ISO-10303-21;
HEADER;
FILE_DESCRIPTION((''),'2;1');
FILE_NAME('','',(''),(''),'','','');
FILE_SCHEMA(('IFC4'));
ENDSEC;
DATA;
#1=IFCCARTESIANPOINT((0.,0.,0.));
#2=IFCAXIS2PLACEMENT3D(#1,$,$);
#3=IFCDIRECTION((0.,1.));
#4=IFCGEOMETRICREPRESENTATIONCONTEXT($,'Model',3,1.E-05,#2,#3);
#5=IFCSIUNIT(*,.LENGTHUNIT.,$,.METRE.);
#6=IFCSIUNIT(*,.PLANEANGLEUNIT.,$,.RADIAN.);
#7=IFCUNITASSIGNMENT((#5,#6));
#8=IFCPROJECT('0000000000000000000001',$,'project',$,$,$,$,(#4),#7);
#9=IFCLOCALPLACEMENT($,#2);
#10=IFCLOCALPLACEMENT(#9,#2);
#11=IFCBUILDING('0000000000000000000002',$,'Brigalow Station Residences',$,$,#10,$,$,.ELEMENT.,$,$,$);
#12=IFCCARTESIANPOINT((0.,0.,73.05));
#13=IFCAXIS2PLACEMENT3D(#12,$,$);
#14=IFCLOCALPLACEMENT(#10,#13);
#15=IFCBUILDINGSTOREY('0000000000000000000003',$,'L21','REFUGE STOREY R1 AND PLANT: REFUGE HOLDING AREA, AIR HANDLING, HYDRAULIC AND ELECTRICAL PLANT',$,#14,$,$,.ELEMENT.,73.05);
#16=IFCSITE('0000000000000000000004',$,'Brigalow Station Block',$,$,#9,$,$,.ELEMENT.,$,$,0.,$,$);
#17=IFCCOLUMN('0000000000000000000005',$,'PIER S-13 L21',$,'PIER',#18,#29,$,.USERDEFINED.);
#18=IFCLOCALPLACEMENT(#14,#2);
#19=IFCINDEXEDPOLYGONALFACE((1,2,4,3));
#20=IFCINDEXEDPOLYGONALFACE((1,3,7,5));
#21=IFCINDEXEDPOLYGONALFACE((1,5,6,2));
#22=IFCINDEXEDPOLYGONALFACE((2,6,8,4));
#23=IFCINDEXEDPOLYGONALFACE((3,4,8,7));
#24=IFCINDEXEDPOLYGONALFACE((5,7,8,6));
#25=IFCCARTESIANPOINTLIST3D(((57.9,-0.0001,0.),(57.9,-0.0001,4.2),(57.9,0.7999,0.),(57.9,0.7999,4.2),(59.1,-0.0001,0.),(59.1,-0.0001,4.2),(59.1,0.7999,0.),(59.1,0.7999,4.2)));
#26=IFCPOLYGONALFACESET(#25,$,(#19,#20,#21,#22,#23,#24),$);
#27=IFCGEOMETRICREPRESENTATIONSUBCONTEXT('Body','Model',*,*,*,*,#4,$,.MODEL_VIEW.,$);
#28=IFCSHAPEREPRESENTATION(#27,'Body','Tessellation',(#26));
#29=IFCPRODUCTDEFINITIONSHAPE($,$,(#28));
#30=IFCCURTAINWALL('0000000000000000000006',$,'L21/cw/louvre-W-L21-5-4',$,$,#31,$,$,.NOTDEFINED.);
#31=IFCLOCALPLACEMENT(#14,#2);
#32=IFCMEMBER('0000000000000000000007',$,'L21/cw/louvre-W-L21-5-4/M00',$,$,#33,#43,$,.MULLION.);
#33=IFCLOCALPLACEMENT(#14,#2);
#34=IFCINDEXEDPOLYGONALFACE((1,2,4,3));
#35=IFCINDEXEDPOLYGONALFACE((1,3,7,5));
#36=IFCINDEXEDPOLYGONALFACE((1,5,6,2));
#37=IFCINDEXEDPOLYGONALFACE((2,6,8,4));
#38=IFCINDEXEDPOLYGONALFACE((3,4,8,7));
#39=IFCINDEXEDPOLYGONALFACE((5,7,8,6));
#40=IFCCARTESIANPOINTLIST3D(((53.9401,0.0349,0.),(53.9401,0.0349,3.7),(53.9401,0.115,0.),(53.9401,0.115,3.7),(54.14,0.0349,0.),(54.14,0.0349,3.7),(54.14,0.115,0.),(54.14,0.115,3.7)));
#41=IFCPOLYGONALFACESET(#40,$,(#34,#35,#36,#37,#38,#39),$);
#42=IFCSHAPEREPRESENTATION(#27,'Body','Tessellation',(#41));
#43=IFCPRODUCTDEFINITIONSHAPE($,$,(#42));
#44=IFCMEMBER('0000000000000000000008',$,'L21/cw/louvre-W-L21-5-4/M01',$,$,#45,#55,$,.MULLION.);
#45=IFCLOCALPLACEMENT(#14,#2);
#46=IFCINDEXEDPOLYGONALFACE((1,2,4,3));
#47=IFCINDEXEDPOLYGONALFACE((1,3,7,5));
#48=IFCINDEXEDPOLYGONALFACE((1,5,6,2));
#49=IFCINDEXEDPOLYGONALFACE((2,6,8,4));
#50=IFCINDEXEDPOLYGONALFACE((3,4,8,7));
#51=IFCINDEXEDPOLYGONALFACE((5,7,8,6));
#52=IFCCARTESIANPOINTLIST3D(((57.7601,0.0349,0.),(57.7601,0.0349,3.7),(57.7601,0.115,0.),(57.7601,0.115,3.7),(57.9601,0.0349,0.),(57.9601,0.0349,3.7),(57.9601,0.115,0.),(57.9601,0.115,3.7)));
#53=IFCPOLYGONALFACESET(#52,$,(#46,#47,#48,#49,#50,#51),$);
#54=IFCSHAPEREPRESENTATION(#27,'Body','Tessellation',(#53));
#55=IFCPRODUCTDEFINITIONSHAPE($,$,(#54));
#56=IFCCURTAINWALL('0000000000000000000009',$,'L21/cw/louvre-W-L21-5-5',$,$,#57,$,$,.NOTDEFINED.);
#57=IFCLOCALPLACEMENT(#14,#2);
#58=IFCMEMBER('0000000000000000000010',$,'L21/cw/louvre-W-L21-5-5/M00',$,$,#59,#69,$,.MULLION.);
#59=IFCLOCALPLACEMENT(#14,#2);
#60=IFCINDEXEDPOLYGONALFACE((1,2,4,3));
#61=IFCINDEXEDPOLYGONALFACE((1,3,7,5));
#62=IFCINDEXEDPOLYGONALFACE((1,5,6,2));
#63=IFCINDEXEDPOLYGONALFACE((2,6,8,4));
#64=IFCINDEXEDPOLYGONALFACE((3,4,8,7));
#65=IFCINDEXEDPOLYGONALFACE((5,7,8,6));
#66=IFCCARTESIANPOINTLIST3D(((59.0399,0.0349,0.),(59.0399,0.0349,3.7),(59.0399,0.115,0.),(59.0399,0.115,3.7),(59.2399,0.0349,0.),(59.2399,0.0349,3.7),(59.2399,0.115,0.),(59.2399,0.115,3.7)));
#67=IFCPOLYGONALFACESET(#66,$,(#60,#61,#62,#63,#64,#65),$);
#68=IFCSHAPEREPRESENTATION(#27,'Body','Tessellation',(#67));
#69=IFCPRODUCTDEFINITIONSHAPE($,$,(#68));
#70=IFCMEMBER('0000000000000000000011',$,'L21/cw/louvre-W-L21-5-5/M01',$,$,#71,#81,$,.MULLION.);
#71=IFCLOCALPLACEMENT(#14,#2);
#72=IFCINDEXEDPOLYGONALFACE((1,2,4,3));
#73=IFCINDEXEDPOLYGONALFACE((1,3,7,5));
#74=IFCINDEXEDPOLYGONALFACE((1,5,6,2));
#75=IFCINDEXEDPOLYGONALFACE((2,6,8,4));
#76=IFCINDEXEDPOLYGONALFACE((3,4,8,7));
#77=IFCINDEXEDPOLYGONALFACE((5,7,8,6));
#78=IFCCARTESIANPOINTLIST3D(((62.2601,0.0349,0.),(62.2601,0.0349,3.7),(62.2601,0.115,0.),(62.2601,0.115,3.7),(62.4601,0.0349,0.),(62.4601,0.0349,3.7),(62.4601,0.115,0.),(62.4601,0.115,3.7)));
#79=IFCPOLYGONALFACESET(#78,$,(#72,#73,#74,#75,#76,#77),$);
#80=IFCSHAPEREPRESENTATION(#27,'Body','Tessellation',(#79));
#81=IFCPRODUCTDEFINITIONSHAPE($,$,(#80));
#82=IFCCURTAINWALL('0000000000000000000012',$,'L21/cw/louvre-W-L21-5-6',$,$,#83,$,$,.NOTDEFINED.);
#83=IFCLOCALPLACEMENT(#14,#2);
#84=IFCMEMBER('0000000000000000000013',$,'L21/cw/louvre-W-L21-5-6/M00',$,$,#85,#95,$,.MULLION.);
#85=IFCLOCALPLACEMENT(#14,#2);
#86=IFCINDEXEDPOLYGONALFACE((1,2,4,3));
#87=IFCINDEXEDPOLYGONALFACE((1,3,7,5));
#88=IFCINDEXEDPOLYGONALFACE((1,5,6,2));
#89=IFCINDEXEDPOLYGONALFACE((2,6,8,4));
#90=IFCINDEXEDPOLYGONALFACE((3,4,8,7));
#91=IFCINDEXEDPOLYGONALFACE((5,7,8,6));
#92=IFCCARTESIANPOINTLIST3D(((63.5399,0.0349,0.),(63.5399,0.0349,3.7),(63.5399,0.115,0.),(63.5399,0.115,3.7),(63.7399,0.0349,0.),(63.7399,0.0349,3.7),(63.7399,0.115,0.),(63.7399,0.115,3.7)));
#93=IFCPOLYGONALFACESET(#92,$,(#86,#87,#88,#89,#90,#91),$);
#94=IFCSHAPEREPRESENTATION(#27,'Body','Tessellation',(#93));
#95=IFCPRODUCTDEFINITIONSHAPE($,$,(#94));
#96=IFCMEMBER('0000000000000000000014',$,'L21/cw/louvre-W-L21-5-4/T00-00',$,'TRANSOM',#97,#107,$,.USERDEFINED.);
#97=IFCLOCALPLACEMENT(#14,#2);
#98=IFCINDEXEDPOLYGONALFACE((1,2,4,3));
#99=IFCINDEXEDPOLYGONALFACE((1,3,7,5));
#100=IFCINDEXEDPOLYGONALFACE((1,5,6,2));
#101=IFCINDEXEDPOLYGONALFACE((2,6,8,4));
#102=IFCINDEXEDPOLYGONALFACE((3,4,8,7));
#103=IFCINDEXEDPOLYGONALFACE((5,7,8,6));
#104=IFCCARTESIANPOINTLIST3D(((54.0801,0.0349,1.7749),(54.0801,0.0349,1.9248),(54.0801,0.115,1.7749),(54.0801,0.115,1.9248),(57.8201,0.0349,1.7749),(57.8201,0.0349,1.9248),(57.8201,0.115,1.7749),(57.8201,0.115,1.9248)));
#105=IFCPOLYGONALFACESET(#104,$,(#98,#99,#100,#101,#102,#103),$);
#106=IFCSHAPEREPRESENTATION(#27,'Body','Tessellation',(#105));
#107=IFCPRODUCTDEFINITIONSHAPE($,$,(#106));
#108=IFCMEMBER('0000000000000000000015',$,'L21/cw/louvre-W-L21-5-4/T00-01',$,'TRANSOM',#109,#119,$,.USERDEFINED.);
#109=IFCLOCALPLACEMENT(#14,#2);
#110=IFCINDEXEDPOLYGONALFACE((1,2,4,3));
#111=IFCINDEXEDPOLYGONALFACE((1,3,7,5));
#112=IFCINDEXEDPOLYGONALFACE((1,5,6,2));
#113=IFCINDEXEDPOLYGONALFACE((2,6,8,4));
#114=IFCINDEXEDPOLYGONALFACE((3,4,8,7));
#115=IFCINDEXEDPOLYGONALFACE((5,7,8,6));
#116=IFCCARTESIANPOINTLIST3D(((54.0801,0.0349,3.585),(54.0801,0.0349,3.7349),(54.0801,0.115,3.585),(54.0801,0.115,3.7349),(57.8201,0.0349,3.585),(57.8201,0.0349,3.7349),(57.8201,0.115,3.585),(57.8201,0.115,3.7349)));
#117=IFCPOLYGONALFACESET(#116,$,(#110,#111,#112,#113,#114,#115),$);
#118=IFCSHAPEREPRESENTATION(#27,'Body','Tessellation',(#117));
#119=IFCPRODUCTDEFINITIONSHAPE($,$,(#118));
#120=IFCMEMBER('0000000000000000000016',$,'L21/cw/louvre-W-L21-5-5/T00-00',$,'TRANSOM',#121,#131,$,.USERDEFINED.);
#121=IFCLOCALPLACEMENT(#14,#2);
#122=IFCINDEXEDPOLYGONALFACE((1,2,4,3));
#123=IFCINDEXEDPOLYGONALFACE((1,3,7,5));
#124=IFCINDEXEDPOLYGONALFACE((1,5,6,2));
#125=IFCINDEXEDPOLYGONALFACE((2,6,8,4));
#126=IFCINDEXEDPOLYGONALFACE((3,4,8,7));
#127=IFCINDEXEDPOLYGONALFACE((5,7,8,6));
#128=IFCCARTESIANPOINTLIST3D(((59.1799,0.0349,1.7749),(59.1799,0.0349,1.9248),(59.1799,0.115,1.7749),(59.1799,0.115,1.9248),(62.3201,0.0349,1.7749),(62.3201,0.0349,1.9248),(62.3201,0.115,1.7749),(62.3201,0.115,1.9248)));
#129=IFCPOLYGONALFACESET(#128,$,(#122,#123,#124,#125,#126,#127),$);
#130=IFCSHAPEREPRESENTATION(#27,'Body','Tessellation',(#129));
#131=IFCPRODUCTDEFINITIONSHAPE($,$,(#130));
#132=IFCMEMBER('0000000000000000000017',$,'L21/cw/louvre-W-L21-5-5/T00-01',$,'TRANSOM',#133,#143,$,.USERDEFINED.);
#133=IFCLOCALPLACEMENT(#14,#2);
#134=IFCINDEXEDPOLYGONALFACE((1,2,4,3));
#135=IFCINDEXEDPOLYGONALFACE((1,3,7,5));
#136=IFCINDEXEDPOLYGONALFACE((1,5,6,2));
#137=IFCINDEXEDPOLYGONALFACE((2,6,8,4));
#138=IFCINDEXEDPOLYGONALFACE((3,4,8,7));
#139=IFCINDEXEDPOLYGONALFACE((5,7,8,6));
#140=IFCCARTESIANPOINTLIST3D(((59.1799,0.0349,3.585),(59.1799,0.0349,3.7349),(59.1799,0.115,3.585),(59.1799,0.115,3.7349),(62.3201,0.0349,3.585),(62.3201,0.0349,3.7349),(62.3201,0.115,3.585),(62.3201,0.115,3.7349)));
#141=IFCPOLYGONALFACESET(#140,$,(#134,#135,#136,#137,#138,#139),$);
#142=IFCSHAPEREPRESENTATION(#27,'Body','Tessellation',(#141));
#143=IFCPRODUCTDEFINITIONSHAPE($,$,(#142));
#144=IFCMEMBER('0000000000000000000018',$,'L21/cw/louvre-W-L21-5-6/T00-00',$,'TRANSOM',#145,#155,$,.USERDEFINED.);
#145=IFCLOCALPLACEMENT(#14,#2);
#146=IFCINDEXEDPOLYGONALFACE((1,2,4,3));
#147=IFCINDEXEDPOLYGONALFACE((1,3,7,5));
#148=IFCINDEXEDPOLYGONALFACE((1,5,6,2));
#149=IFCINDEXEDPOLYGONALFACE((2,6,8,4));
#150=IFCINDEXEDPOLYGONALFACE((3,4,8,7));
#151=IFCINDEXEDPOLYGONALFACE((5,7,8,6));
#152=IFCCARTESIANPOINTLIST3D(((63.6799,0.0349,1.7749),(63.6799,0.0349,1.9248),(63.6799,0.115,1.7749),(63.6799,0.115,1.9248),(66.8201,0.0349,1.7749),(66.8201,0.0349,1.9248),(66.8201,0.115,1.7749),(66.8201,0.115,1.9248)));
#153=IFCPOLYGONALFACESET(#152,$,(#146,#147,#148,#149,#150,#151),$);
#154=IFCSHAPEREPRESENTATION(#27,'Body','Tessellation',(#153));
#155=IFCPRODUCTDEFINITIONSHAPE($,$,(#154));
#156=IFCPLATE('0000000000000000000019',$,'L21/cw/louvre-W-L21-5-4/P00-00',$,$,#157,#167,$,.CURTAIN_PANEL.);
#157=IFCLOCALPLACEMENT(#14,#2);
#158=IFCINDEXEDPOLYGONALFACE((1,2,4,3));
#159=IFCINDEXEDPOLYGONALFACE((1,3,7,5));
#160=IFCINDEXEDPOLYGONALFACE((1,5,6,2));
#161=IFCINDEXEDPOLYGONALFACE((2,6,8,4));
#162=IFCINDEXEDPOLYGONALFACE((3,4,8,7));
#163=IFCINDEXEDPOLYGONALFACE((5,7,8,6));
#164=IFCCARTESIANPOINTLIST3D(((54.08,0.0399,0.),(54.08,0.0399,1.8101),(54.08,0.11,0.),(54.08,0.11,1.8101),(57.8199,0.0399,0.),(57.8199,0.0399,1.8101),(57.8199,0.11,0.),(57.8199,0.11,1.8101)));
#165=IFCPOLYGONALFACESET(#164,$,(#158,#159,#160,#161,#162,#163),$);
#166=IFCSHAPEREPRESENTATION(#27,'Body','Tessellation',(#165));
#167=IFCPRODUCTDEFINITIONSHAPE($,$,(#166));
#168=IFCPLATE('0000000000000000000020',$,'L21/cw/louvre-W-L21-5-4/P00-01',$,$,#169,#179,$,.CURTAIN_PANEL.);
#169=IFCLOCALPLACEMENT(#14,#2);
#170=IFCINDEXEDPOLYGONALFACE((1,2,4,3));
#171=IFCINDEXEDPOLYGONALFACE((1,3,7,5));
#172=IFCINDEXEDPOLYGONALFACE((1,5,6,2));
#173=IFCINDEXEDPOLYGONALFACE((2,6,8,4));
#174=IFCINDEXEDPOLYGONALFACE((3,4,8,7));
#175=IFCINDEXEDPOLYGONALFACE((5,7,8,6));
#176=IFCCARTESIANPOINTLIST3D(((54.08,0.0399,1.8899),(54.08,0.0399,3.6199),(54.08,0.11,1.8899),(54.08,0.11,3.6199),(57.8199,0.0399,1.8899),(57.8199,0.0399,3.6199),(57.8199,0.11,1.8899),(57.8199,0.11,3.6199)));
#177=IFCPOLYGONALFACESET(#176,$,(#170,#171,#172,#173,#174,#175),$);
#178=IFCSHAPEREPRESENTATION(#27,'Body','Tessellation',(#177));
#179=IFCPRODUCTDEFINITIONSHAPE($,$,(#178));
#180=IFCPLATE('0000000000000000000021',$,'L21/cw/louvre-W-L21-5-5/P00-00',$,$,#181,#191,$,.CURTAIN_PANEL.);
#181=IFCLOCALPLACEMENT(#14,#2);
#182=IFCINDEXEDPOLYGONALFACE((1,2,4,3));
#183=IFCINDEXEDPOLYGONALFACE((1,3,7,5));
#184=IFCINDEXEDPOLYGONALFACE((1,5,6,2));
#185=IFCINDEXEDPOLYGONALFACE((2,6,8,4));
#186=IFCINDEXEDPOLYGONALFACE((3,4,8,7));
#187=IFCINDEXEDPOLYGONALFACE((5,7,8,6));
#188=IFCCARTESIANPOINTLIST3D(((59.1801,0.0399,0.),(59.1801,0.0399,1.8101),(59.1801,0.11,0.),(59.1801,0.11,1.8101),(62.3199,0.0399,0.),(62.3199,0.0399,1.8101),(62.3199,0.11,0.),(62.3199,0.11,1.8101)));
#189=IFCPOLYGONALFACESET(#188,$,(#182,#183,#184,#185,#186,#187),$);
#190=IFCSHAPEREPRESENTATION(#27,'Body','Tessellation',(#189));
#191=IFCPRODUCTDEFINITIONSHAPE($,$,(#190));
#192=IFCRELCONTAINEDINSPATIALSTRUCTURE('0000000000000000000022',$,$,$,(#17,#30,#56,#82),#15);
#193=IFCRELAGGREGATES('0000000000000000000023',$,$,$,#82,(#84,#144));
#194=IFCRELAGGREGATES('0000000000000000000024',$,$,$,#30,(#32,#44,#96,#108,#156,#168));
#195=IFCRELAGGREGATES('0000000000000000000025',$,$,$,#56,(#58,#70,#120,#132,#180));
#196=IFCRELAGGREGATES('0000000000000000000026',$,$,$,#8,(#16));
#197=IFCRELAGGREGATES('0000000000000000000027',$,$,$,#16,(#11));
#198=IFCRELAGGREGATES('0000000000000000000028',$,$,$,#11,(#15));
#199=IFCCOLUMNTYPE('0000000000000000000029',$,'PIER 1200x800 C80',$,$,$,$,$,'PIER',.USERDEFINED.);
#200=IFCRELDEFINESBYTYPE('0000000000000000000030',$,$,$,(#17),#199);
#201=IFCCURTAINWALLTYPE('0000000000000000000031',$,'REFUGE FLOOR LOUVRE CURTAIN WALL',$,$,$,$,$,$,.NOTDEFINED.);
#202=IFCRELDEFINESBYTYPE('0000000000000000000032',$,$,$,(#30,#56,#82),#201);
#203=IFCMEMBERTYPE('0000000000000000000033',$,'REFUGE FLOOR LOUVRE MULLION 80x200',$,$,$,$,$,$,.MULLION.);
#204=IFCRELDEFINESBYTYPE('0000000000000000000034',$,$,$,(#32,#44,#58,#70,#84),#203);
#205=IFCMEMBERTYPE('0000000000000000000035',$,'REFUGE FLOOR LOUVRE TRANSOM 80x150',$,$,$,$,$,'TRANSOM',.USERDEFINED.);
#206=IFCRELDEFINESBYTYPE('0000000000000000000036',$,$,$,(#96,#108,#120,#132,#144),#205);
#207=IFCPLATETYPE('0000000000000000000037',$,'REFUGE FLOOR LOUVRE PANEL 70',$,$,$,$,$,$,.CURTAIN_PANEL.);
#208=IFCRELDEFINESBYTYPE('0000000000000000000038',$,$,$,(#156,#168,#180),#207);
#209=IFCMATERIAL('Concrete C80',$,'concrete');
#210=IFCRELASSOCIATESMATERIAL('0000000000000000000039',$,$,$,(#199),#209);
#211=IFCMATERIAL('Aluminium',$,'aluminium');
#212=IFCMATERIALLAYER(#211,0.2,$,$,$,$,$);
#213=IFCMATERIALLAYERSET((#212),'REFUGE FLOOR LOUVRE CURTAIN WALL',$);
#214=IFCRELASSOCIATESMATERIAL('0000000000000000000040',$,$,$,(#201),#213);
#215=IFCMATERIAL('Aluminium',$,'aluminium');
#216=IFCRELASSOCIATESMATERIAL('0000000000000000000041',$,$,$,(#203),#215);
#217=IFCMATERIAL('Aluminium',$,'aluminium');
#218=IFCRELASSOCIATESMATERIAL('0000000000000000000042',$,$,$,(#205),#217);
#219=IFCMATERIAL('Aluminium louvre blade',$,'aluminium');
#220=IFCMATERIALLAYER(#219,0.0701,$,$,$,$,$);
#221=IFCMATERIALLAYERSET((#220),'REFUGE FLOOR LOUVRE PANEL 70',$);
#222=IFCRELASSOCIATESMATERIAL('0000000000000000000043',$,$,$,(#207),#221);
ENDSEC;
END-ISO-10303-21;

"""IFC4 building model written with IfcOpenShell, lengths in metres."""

from ifc_helpers import new_model, si_unit, direction, frame, origin, origin_2d, place, context, subcontext, project, spatial, rectangle, extrude, material, layer, layer_set, material_profile, profile_set, type_object, element, aggregate, save


model = new_model("IFC4")

# Units and contexts
model_context = context("Model", 3, precision=1e-05, world=origin(), true_north=direction((0.0, 1.0)))
body_context = subcontext(model_context, "Body", "Model", "MODEL_VIEW")
ifc_project = project(units=[si_unit("LENGTHUNIT", "METRE"), si_unit("PLANEANGLEUNIT", "RADIAN")], contexts=[model_context])

# Site, building, storey
site_placement = place(None, origin())
site = spatial("IfcSite", under=ifc_project, at=site_placement, Name="Brigalow Station Block", CompositionType="ELEMENT", RefElevation=0.0)
building_placement = place(site_placement, origin())
building = spatial("IfcBuilding", under=site, at=building_placement, Name="Brigalow Station Residences", CompositionType="ELEMENT")
storey_placement = place(building_placement, frame((0.0, 0.0, 73.05)))
storey = spatial("IfcBuildingStorey", under=building, at=storey_placement, Name="L21", Description="REFUGE STOREY R1 AND PLANT: REFUGE HOLDING AREA, AIR HANDLING, HYDRAULIC AND ELECTRICAL PLANT", CompositionType="ELEMENT", Elevation=73.05)

# Column
ifc_material_1 = material(Name="Concrete C80", Category="concrete")
ifc_material_profile_1 = material_profile(ifc_material_1, rectangle(XDim=1.2, YDim=0.8, at=origin_2d()), Name="RC1200x800")
ifc_profile_set_1 = profile_set([ifc_material_profile_1], Name="Concrete C80")
column_type = type_object("IfcColumnType", Name="PIER 1200x800 C80", ElementType="PIER", PredefinedType="USERDEFINED", material=ifc_profile_set_1)
column_placement = place(storey_placement, frame((58.5, 0.3999, 0.0), z_axis=(0.0, 0.0, 1.0), x_axis=(1.0, 0.0, 0.0)))
element("IfcColumn", 1, at=column_placement, inside=storey, type_object=column_type, Name="PIER S-13 L21", ObjectType="PIER", PredefinedType="USERDEFINED", context=body_context, shape_type="SweptSolid", body=[
    extrude(rectangle(XDim=1.2, YDim=0.8, at=origin_2d()), origin(), (0.0, 0.0, 1.0), 4.2),
])

# Curtain walls, members
ifc_material_2 = material(Name="Aluminium", Category="aluminium")
ifc_layer_1 = layer(ifc_material_2, 0.2)
ifc_layer_set_1 = layer_set([ifc_layer_1], Name="REFUGE FLOOR LOUVRE CURTAIN WALL")
curtain_wall_type = type_object("IfcCurtainWallType", Name="REFUGE FLOOR LOUVRE CURTAIN WALL", PredefinedType="NOTDEFINED", material=ifc_layer_set_1)
curtain_wall_1_placement = place(storey_placement, origin())
curtain_wall_1 = element("IfcCurtainWall", 2, at=curtain_wall_1_placement, inside=storey, type_object=curtain_wall_type, Name="L21/cw/louvre-W-L21-5-4", PredefinedType="NOTDEFINED")
ifc_material_3 = material(Name="Aluminium", Category="aluminium")
ifc_material_profile_2 = material_profile(ifc_material_3, rectangle(XDim=0.0801, YDim=0.2, at=origin_2d()), Name="REFUGE FLOOR LOUVRE MULLION 80x200")
ifc_profile_set_2 = profile_set([ifc_material_profile_2], Name="Aluminium")
member_type_1 = type_object("IfcMemberType", Name="REFUGE FLOOR LOUVRE MULLION 80x200", PredefinedType="MULLION", material=ifc_profile_set_2)
member_1_placement = place(storey_placement, frame((54.04, 0.075, 0.0), z_axis=(0.0, 0.0, 1.0), x_axis=(0.0, 1.0, 0.0)))
member_1 = element("IfcMember", 3, at=member_1_placement, type_object=member_type_1, Name="L21/cw/louvre-W-L21-5-4/M00", PredefinedType="MULLION", context=body_context, shape_type="SweptSolid", body=[
    extrude(rectangle(XDim=0.0801, YDim=0.2, at=origin_2d()), origin(), (0.0, 0.0, 1.0), 3.7),
])
member_2_placement = place(storey_placement, frame((57.8601, 0.075, 0.0), z_axis=(0.0, 0.0, 1.0), x_axis=(0.0, 1.0, 0.0)))
member_2 = element("IfcMember", 4, at=member_2_placement, type_object=member_type_1, Name="L21/cw/louvre-W-L21-5-4/M01", PredefinedType="MULLION", context=body_context, shape_type="SweptSolid", body=[
    extrude(rectangle(XDim=0.0801, YDim=0.2, at=origin_2d()), origin(), (0.0, 0.0, 1.0), 3.7),
])
curtain_wall_2_placement = place(storey_placement, origin())
curtain_wall_2 = element("IfcCurtainWall", 5, at=curtain_wall_2_placement, inside=storey, type_object=curtain_wall_type, Name="L21/cw/louvre-W-L21-5-5", PredefinedType="NOTDEFINED")
member_3_placement = place(storey_placement, frame((59.1399, 0.075, 0.0), z_axis=(0.0, 0.0, 1.0), x_axis=(0.0, 1.0, 0.0)))
member_3 = element("IfcMember", 6, at=member_3_placement, type_object=member_type_1, Name="L21/cw/louvre-W-L21-5-5/M00", PredefinedType="MULLION", context=body_context, shape_type="SweptSolid", body=[
    extrude(rectangle(XDim=0.0801, YDim=0.2, at=origin_2d()), origin(), (0.0, 0.0, 1.0), 3.7),
])
member_4_placement = place(storey_placement, frame((62.3601, 0.075, 0.0), z_axis=(0.0, 0.0, 1.0), x_axis=(0.0, 1.0, 0.0)))
member_4 = element("IfcMember", 7, at=member_4_placement, type_object=member_type_1, Name="L21/cw/louvre-W-L21-5-5/M01", PredefinedType="MULLION", context=body_context, shape_type="SweptSolid", body=[
    extrude(rectangle(XDim=0.0801, YDim=0.2, at=origin_2d()), origin(), (0.0, 0.0, 1.0), 3.7),
])

# Curtain wall, member
curtain_wall_3_placement = place(storey_placement, origin())
curtain_wall_3 = element("IfcCurtainWall", 8, at=curtain_wall_3_placement, inside=storey, type_object=curtain_wall_type, Name="L21/cw/louvre-W-L21-5-6", PredefinedType="NOTDEFINED")
member_5_placement = place(storey_placement, frame((63.6399, 0.075, 0.0), z_axis=(0.0, 0.0, 1.0), x_axis=(0.0, 1.0, 0.0)))
member_5 = element("IfcMember", 9, at=member_5_placement, type_object=member_type_1, Name="L21/cw/louvre-W-L21-5-6/M00", PredefinedType="MULLION", context=body_context, shape_type="SweptSolid", body=[
    extrude(rectangle(XDim=0.0801, YDim=0.2, at=origin_2d()), origin(), (0.0, 0.0, 1.0), 3.7),
])

# Members
ifc_material_4 = material(Name="Aluminium", Category="aluminium")
ifc_material_profile_3 = material_profile(ifc_material_4, rectangle(XDim=0.0801, YDim=0.1499, at=origin_2d()), Name="REFUGE FLOOR LOUVRE TRANSOM 80x150")
ifc_profile_set_3 = profile_set([ifc_material_profile_3], Name="Aluminium")
member_type_2 = type_object("IfcMemberType", Name="REFUGE FLOOR LOUVRE TRANSOM 80x150", ElementType="TRANSOM", PredefinedType="USERDEFINED", material=ifc_profile_set_3)
member_6_placement = place(storey_placement, frame((54.0801, 0.075, 1.8499), z_axis=(1.0, 0.0, 0.0), x_axis=(0.0, 1.0, 0.0)))
member_6 = element("IfcMember", 10, at=member_6_placement, type_object=member_type_2, Name="L21/cw/louvre-W-L21-5-4/T00-00", ObjectType="TRANSOM", PredefinedType="USERDEFINED", context=body_context, shape_type="SweptSolid", body=[
    extrude(rectangle(XDim=0.0801, YDim=0.1499, at=origin_2d()), origin(), (0.0, 0.0, 1.0), 3.74),
])
member_7_placement = place(storey_placement, frame((54.0801, 0.075, 3.6599), z_axis=(1.0, 0.0, 0.0), x_axis=(0.0, 1.0, 0.0)))
member_7 = element("IfcMember", 11, at=member_7_placement, type_object=member_type_2, Name="L21/cw/louvre-W-L21-5-4/T00-01", ObjectType="TRANSOM", PredefinedType="USERDEFINED", context=body_context, shape_type="SweptSolid", body=[
    extrude(rectangle(XDim=0.0801, YDim=0.1499, at=origin_2d()), origin(), (0.0, 0.0, 1.0), 3.74),
])
member_8_placement = place(storey_placement, frame((59.1799, 0.075, 1.8499), z_axis=(1.0, 0.0, 0.0), x_axis=(0.0, 1.0, 0.0)))
member_8 = element("IfcMember", 12, at=member_8_placement, type_object=member_type_2, Name="L21/cw/louvre-W-L21-5-5/T00-00", ObjectType="TRANSOM", PredefinedType="USERDEFINED", context=body_context, shape_type="SweptSolid", body=[
    extrude(rectangle(XDim=0.0801, YDim=0.1499, at=origin_2d()), origin(), (0.0, 0.0, 1.0), 3.1401),
])
member_9_placement = place(storey_placement, frame((59.1799, 0.075, 3.6599), z_axis=(1.0, 0.0, 0.0), x_axis=(0.0, 1.0, 0.0)))
member_9 = element("IfcMember", 13, at=member_9_placement, type_object=member_type_2, Name="L21/cw/louvre-W-L21-5-5/T00-01", ObjectType="TRANSOM", PredefinedType="USERDEFINED", context=body_context, shape_type="SweptSolid", body=[
    extrude(rectangle(XDim=0.0801, YDim=0.1499, at=origin_2d()), origin(), (0.0, 0.0, 1.0), 3.1401),
])
member_10_placement = place(storey_placement, frame((63.6799, 0.075, 1.8499), z_axis=(1.0, 0.0, 0.0), x_axis=(0.0, 1.0, 0.0)))
member_10 = element("IfcMember", 14, at=member_10_placement, type_object=member_type_2, Name="L21/cw/louvre-W-L21-5-6/T00-00", ObjectType="TRANSOM", PredefinedType="USERDEFINED", context=body_context, shape_type="SweptSolid", body=[
    extrude(rectangle(XDim=0.0801, YDim=0.1499, at=origin_2d()), origin(), (0.0, 0.0, 1.0), 3.1401),
])
aggregate(curtain_wall_3, [member_5, member_10])

# Plates
ifc_material_5 = material(Name="Aluminium louvre blade", Category="aluminium")
ifc_layer_2 = layer(ifc_material_5, 0.0701)
ifc_layer_set_2 = layer_set([ifc_layer_2], Name="REFUGE FLOOR LOUVRE PANEL 70")
plate_type = type_object("IfcPlateType", Name="REFUGE FLOOR LOUVRE PANEL 70", PredefinedType="CURTAIN_PANEL", material=ifc_layer_set_2)
plate_1_placement = place(storey_placement, frame((55.95, 0.075, 0.0), z_axis=(0.0, 0.0, 1.0), x_axis=(1.0, 0.0, 0.0)))
plate_1 = element("IfcPlate", 15, at=plate_1_placement, type_object=plate_type, Name="L21/cw/louvre-W-L21-5-4/P00-00", PredefinedType="CURTAIN_PANEL", context=body_context, shape_type="SweptSolid", body=[
    extrude(rectangle(XDim=3.74, YDim=0.0701, at=origin_2d()), origin(), (0.0, 0.0, 1.0), 1.8101),
])
plate_2_placement = place(storey_placement, frame((55.95, 0.075, 1.8899), z_axis=(0.0, 0.0, 1.0), x_axis=(1.0, 0.0, 0.0)))
plate_2 = element("IfcPlate", 16, at=plate_2_placement, type_object=plate_type, Name="L21/cw/louvre-W-L21-5-4/P00-01", PredefinedType="CURTAIN_PANEL", context=body_context, shape_type="SweptSolid", body=[
    extrude(rectangle(XDim=3.74, YDim=0.0701, at=origin_2d()), origin(), (0.0, 0.0, 1.0), 1.73),
])
aggregate(curtain_wall_1, [member_1, member_2, member_6, member_7, plate_1, plate_2])
plate_3_placement = place(storey_placement, frame((60.75, 0.075, 0.0), z_axis=(0.0, 0.0, 1.0), x_axis=(1.0, 0.0, 0.0)))
plate_3 = element("IfcPlate", 17, at=plate_3_placement, type_object=plate_type, Name="L21/cw/louvre-W-L21-5-5/P00-00", PredefinedType="CURTAIN_PANEL", context=body_context, shape_type="SweptSolid", body=[
    extrude(rectangle(XDim=3.1399, YDim=0.0701, at=origin_2d()), origin(), (0.0, 0.0, 1.0), 1.8101),
])
aggregate(curtain_wall_2, [member_3, member_4, member_8, member_9, plate_3])

save(model, "model.ifc")
